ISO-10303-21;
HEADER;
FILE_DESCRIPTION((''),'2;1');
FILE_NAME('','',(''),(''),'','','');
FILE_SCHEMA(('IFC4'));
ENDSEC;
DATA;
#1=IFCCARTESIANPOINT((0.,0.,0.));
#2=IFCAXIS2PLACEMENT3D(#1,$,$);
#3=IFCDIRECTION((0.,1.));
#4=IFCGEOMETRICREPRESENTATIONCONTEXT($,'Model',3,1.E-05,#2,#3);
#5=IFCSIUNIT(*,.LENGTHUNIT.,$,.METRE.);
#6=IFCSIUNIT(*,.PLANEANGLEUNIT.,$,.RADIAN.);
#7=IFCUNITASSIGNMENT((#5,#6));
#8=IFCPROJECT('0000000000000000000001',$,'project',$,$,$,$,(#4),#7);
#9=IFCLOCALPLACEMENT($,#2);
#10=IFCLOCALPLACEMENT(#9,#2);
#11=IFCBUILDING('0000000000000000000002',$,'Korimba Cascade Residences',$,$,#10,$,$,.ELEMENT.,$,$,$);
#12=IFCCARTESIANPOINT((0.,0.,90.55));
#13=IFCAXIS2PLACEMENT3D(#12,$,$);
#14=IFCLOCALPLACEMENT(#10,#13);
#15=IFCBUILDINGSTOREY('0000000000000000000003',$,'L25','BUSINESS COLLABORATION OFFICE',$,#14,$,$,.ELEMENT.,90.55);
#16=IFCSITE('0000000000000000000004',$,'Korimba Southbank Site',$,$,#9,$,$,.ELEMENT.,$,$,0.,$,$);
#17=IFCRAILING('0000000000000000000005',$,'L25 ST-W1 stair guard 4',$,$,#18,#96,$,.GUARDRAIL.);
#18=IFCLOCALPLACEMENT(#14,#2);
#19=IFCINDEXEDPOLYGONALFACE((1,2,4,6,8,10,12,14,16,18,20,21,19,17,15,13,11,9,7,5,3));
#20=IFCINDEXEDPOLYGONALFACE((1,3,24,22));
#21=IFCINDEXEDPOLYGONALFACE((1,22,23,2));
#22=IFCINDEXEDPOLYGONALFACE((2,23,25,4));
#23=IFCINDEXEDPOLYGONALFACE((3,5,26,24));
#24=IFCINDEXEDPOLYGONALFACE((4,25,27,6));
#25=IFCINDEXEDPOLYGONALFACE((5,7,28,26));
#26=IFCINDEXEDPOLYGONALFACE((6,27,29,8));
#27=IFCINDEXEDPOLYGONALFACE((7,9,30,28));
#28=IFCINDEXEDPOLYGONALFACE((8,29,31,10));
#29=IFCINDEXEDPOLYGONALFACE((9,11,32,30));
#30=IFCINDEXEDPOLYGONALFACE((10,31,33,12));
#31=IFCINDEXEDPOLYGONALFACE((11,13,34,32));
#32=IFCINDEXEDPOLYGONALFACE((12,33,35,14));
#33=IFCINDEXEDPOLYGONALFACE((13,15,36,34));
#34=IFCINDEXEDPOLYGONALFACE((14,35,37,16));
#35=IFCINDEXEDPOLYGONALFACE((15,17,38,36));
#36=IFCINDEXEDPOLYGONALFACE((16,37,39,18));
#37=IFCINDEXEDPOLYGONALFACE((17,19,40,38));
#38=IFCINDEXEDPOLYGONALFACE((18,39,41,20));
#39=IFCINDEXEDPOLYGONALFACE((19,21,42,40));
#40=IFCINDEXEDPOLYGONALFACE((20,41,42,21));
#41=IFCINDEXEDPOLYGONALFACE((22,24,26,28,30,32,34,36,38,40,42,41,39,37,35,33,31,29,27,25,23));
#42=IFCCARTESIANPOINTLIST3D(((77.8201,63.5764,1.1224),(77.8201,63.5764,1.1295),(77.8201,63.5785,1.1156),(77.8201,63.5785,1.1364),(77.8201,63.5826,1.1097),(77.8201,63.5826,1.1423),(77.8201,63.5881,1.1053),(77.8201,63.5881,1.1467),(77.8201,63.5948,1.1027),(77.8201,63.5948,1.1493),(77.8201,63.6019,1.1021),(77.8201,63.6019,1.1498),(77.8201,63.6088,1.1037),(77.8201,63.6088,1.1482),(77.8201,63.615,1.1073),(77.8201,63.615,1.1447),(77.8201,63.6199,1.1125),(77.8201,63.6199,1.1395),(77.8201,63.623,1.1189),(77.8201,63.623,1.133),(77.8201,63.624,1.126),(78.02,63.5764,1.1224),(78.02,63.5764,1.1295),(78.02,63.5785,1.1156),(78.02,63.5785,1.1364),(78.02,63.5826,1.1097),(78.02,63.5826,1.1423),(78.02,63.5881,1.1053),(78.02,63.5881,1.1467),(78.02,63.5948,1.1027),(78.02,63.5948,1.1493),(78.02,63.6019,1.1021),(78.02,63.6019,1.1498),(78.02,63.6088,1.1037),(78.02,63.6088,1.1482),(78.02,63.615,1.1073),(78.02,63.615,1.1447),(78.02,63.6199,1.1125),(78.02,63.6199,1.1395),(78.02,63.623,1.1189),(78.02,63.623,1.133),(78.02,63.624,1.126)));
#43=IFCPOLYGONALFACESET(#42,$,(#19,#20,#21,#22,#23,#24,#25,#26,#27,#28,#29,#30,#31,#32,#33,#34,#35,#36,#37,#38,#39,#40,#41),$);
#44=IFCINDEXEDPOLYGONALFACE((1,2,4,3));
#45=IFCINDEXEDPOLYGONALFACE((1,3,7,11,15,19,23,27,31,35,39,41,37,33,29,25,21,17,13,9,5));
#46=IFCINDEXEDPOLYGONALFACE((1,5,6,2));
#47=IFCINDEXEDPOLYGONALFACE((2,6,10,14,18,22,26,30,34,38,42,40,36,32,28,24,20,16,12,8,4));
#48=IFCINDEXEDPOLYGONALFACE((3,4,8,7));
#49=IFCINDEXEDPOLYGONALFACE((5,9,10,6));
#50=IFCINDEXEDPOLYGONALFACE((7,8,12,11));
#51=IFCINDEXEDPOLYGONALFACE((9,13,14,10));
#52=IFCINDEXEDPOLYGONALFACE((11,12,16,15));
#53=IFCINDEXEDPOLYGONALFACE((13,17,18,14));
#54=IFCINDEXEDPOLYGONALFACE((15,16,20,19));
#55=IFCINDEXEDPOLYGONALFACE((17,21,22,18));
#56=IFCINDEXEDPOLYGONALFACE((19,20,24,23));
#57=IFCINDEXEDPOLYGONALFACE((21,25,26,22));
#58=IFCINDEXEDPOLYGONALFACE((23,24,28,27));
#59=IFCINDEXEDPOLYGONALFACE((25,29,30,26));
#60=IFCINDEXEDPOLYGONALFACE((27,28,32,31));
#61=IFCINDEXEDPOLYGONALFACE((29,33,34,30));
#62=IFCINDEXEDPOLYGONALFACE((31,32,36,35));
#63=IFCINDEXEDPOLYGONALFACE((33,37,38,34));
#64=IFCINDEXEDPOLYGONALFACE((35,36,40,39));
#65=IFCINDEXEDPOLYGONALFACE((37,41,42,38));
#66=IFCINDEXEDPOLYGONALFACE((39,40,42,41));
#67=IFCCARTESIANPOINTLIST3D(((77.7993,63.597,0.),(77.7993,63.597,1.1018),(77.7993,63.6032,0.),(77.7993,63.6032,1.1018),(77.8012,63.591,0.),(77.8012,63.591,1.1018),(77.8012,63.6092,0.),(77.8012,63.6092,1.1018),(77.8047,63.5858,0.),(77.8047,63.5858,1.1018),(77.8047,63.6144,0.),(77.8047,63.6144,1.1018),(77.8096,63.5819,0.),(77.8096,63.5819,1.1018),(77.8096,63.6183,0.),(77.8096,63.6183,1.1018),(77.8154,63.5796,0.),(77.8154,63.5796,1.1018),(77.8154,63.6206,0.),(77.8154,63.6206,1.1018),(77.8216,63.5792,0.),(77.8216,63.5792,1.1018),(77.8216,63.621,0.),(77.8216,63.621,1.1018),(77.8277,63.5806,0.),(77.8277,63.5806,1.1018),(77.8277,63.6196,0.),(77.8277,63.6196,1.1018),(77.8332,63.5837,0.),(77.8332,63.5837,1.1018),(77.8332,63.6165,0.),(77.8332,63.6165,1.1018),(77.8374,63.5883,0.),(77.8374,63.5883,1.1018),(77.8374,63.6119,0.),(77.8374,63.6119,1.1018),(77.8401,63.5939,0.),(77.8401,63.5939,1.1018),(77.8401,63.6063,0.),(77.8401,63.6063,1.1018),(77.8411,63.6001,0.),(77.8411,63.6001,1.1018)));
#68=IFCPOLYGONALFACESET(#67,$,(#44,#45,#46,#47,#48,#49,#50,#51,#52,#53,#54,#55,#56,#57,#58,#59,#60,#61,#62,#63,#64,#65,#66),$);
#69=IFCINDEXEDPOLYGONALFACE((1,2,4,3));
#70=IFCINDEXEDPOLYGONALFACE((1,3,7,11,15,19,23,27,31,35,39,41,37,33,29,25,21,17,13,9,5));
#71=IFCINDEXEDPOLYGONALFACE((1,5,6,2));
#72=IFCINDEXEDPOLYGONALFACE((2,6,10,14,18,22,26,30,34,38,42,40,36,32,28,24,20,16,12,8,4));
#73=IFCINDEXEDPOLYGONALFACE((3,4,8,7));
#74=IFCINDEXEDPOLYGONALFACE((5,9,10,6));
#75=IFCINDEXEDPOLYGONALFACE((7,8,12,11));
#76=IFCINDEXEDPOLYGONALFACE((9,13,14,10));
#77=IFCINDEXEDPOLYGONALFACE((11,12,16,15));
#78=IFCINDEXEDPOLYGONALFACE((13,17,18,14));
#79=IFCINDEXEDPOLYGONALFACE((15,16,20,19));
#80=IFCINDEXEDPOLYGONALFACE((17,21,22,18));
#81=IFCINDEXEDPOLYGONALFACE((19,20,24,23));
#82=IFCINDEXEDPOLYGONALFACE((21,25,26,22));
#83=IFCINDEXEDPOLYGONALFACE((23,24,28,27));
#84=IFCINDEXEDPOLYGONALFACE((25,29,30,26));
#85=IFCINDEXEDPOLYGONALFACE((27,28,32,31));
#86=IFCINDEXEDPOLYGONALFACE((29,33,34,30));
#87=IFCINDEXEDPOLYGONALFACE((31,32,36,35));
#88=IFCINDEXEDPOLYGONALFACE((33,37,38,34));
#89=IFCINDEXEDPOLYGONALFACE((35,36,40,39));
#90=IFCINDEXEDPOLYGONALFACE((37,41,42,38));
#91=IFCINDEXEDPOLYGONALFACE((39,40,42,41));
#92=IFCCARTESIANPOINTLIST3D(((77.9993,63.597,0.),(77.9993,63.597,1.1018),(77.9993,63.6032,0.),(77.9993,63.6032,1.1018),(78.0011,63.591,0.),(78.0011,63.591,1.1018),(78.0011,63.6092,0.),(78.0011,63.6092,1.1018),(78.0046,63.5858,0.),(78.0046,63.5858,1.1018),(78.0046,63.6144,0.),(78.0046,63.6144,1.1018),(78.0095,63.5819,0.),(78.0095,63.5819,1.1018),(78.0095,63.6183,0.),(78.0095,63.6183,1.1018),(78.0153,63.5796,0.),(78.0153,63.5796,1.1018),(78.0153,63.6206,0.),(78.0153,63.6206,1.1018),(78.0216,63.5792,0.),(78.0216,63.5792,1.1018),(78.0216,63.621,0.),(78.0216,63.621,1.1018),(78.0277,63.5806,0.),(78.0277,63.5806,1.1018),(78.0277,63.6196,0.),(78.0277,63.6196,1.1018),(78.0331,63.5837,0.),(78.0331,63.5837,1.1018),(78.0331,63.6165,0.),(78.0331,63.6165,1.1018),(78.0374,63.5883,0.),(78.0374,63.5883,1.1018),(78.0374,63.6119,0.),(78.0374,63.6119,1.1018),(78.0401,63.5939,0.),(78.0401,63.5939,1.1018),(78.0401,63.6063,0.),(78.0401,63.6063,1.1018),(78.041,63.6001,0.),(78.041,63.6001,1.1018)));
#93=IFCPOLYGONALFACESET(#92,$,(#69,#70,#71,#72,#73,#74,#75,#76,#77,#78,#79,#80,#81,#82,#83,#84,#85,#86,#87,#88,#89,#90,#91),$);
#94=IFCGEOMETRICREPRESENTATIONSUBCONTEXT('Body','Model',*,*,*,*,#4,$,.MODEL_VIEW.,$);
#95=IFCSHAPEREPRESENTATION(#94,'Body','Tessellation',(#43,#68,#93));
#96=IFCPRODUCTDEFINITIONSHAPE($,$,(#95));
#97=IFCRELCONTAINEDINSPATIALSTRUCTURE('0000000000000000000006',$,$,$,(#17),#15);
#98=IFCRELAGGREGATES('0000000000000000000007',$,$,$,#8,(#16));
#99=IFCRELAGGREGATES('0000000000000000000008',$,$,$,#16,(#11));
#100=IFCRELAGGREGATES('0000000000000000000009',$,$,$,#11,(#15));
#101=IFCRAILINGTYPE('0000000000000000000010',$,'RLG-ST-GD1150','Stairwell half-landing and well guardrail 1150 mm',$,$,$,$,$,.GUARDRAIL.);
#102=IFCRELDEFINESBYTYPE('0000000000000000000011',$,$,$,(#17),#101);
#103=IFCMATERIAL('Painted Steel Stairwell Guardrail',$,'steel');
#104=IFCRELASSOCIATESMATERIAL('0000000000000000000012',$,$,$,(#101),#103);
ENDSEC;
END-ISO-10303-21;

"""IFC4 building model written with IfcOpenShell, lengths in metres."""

from ifc_helpers import new_model, si_unit, direction, frame, origin, origin_2d, place, context, subcontext, project, spatial, circle, extrude, material, type_object, element, save


model = new_model("IFC4")

# Units and contexts
model_context = context("Model", 3, precision=1e-05, world=origin(), true_north=direction((0.0, 1.0)))
body_context = subcontext(model_context, "Body", "Model", "MODEL_VIEW")
ifc_project = project(units=[si_unit("LENGTHUNIT", "METRE"), si_unit("PLANEANGLEUNIT", "RADIAN")], contexts=[model_context])

# Site, building, storey
site_placement = place(None, origin())
site = spatial("IfcSite", under=ifc_project, at=site_placement, Name="Korimba Southbank Site", CompositionType="ELEMENT", RefElevation=0.0)
building_placement = place(site_placement, origin())
building = spatial("IfcBuilding", under=site, at=building_placement, Name="Korimba Cascade Residences", CompositionType="ELEMENT")
storey_placement = place(building_placement, frame((0.0, 0.0, 90.55)))
storey = spatial("IfcBuildingStorey", under=building, at=storey_placement, Name="L25", Description="BUSINESS COLLABORATION OFFICE", CompositionType="ELEMENT", Elevation=90.55)

# Railing
ifc_material_1 = material(Name="Painted Steel Stairwell Guardrail", Category="steel")
railing_type_1 = type_object("IfcRailingType", Name="RLG-ST-GD1150", Description="Stairwell half-landing and well guardrail 1150 mm", PredefinedType="GUARDRAIL", material=ifc_material_1)
railing_1_placement = place(storey_placement, frame((77.8201, 63.6001, 0.0)))
element("IfcRailing", 1, at=railing_1_placement, inside=storey, type_object=railing_type_1, Name="L25 ST-W1 stair guard 4", PredefinedType="GUARDRAIL", context=body_context, shape_type="SweptSolid", body=[
    extrude(circle(Radius=0.0239, at=origin_2d()), frame((0.0, 0.0, 1.126), z_axis=(1.0, 0.0, 0.0), x_axis=(0.0, 1.0, 0.0)), (0.0, 0.0, 1.0), 0.2),
    extrude(circle(Radius=0.021, at=origin_2d()), origin(), (0.0, 0.0, 1.0), 1.1018),
    extrude(circle(Radius=0.021, at=origin_2d()), frame((0.2, 0.0, 0.0)), (0.0, 0.0, 1.0), 1.1018),
])

save(model, "model.ifc")
